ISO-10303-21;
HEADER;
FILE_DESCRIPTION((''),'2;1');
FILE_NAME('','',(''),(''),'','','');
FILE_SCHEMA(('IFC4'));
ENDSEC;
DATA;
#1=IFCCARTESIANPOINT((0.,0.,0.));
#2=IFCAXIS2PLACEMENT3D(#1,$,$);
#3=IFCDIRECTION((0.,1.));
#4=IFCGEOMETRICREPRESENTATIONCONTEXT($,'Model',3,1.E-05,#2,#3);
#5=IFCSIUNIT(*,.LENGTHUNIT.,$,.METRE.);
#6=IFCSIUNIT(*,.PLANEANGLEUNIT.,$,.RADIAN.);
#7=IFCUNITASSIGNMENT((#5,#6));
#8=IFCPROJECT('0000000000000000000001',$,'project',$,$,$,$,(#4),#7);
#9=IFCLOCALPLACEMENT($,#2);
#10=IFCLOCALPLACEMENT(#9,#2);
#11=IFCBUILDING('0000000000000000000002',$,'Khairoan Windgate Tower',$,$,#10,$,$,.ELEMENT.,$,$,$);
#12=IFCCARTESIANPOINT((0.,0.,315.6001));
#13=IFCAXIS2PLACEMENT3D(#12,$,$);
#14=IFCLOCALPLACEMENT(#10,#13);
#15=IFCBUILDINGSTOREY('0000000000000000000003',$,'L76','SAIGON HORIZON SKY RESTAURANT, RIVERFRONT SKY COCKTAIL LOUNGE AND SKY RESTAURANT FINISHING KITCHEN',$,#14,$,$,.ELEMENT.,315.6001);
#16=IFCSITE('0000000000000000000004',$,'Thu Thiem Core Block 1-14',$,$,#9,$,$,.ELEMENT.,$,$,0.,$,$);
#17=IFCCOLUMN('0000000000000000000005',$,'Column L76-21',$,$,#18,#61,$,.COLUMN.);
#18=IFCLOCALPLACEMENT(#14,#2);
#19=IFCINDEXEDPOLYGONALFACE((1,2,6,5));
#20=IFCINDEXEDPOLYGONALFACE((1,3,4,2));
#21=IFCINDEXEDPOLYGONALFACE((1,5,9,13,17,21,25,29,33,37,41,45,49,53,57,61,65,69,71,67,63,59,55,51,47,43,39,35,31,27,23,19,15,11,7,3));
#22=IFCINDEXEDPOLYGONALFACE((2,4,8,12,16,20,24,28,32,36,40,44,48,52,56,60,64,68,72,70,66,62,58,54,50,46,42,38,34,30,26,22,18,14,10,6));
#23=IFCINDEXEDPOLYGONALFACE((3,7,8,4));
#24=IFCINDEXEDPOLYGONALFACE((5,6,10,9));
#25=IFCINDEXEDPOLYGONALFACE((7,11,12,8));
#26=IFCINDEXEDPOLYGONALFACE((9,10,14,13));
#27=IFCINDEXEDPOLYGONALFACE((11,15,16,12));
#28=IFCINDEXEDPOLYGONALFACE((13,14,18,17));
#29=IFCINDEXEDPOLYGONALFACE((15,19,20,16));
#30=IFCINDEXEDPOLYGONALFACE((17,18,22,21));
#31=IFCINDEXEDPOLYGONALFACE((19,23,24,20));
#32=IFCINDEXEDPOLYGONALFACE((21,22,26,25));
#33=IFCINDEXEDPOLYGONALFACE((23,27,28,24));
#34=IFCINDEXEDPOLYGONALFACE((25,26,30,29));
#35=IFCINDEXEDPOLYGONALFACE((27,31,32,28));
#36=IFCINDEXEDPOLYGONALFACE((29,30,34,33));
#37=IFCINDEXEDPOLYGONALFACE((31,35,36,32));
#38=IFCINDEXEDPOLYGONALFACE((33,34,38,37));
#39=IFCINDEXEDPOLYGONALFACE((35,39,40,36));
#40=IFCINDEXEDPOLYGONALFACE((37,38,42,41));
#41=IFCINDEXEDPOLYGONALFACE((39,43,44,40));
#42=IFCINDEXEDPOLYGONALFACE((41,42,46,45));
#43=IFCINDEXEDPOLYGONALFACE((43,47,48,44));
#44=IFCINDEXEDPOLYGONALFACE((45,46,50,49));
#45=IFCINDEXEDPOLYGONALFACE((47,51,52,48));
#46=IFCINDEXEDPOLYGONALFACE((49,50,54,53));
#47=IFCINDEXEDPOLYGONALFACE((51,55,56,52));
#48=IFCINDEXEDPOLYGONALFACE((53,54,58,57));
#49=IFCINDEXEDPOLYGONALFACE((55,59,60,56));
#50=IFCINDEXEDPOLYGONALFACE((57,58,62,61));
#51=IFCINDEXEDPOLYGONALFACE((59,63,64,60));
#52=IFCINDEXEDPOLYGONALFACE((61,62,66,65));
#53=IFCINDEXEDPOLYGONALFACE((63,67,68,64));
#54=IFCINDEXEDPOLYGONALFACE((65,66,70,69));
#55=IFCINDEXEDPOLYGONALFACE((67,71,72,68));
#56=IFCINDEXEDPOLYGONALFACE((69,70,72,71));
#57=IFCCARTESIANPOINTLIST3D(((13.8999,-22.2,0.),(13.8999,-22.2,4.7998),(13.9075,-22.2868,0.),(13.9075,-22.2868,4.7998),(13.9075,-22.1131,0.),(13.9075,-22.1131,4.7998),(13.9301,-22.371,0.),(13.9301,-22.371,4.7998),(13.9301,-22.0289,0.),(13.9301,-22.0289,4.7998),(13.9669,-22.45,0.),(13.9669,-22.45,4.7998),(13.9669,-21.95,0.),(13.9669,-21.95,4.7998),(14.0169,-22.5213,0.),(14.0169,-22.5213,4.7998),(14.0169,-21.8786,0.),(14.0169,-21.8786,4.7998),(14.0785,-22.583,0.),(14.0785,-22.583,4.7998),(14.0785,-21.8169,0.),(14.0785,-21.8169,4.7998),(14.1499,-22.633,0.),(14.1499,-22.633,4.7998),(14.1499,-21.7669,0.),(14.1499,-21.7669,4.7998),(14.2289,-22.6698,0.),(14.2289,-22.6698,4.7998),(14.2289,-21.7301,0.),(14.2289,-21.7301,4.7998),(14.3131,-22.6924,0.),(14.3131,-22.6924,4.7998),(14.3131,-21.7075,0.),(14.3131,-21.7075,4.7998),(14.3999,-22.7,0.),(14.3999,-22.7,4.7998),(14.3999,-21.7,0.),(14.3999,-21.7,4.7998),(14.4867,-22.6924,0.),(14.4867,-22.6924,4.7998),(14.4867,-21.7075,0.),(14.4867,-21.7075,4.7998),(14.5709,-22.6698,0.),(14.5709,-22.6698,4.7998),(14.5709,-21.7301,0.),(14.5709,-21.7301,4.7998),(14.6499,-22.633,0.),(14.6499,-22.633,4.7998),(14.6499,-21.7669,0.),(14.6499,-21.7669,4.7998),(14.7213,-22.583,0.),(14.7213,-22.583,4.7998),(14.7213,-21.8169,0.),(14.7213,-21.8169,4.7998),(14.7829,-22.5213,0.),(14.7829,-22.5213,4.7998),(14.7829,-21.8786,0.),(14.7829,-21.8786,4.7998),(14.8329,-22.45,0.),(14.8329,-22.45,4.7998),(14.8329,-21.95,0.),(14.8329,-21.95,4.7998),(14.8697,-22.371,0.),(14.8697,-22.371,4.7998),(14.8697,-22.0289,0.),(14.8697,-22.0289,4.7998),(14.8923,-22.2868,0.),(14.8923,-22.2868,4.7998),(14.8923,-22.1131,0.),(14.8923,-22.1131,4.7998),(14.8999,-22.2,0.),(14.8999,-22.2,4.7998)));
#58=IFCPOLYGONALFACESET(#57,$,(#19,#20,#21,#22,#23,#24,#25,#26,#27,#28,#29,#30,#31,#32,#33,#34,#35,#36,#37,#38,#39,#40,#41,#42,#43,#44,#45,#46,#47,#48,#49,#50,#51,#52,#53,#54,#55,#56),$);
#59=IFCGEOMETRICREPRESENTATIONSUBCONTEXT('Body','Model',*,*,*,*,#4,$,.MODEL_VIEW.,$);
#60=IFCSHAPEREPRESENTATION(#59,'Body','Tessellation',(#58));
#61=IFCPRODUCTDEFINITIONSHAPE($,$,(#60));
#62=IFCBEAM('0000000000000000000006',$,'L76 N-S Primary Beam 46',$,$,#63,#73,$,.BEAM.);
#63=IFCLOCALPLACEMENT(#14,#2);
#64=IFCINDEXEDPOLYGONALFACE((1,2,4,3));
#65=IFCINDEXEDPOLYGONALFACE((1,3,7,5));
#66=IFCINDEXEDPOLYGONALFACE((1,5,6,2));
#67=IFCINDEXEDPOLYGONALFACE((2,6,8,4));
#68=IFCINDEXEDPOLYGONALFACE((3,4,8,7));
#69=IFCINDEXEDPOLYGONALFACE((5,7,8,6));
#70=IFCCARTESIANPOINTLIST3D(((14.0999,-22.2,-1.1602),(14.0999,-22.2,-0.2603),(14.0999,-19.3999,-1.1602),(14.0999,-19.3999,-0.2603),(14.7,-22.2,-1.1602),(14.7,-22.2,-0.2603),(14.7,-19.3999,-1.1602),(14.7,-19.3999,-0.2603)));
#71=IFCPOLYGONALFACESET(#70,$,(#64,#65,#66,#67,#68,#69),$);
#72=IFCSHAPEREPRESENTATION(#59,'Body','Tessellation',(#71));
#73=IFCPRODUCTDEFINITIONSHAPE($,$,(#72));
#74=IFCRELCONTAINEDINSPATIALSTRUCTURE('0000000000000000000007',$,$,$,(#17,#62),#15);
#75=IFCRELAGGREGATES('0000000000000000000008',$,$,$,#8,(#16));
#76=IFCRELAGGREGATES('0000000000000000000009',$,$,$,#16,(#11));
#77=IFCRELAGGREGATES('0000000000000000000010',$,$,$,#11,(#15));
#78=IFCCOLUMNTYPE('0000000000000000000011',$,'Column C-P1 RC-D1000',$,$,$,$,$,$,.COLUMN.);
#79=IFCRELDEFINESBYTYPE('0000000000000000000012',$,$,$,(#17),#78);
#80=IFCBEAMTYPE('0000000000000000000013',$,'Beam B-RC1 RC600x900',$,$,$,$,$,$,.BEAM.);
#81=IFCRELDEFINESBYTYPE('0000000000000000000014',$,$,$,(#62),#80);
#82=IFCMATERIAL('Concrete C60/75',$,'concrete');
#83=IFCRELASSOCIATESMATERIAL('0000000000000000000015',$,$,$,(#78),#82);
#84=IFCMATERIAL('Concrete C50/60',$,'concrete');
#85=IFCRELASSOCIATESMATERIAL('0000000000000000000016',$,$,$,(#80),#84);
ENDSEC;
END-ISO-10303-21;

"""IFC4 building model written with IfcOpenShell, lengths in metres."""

from ifc_helpers import new_model, si_unit, direction, frame, origin, origin_2d, place, context, subcontext, project, spatial, rectangle, circle, extrude, material, material_profile, profile_set, type_object, element, save


model = new_model("IFC4")

# Units and contexts
model_context = context("Model", 3, precision=1e-05, world=origin(), true_north=direction((0.0, 1.0)))
body_context = subcontext(model_context, "Body", "Model", "MODEL_VIEW")
ifc_project = project(units=[si_unit("LENGTHUNIT", "METRE"), si_unit("PLANEANGLEUNIT", "RADIAN")], contexts=[model_context])

# Site, building, storey
site_placement = place(None, origin())
site = spatial("IfcSite", under=ifc_project, at=site_placement, Name="Thu Thiem Core Block 1-14", CompositionType="ELEMENT", RefElevation=0.0)
building_placement = place(site_placement, origin())
building = spatial("IfcBuilding", under=site, at=building_placement, Name="Khairoan Windgate Tower", CompositionType="ELEMENT")
storey_placement = place(building_placement, frame((0.0, 0.0, 315.6001)))
storey = spatial("IfcBuildingStorey", under=building, at=storey_placement, Name="L76", Description="SAIGON HORIZON SKY RESTAURANT, RIVERFRONT SKY COCKTAIL LOUNGE AND SKY RESTAURANT FINISHING KITCHEN", CompositionType="ELEMENT", Elevation=315.6001)

# Column
ifc_material_1 = material(Name="Concrete C60/75", Category="concrete")
ifc_material_profile_1 = material_profile(ifc_material_1, circle(Radius=0.5, at=origin_2d()))
ifc_profile_set_1 = profile_set([ifc_material_profile_1], Name="Concrete C60/75")
column_type = type_object("IfcColumnType", Name="Column C-P1 RC-D1000", PredefinedType="COLUMN", material=ifc_profile_set_1)
column_placement = place(storey_placement, frame((14.3999, -22.2, 0.0), z_axis=(0.0, 0.0, 1.0), x_axis=(1.0, 0.0, 0.0)))
element("IfcColumn", 1, at=column_placement, inside=storey, type_object=column_type, Name="Column L76-21", PredefinedType="COLUMN", context=body_context, shape_type="SweptSolid", body=[
    extrude(circle(Radius=0.5, at=origin_2d()), origin(), (0.0, 0.0, 1.0), 4.7998),
])

# Beam
ifc_material_2 = material(Name="Concrete C50/60", Category="concrete")
ifc_material_profile_2 = material_profile(ifc_material_2, rectangle(XDim=0.6001, YDim=0.8999, at=origin_2d()))
ifc_profile_set_2 = profile_set([ifc_material_profile_2], Name="Concrete C50/60")
beam_type = type_object("IfcBeamType", Name="Beam B-RC1 RC600x900", PredefinedType="BEAM", material=ifc_profile_set_2)
beam_placement = place(storey_placement, frame((14.3999, -22.2, -0.7102), z_axis=(0.0, 1.0, 0.0), x_axis=(-1.0, 0.0, 0.0)))
element("IfcBeam", 2, at=beam_placement, inside=storey, type_object=beam_type, Name="L76 N-S Primary Beam 46", PredefinedType="BEAM", context=body_context, shape_type="SweptSolid", body=[
    extrude(rectangle(XDim=0.6001, YDim=0.8999, at=origin_2d()), origin(), (0.0, 0.0, 1.0), 2.8),
])

save(model, "model.ifc")
